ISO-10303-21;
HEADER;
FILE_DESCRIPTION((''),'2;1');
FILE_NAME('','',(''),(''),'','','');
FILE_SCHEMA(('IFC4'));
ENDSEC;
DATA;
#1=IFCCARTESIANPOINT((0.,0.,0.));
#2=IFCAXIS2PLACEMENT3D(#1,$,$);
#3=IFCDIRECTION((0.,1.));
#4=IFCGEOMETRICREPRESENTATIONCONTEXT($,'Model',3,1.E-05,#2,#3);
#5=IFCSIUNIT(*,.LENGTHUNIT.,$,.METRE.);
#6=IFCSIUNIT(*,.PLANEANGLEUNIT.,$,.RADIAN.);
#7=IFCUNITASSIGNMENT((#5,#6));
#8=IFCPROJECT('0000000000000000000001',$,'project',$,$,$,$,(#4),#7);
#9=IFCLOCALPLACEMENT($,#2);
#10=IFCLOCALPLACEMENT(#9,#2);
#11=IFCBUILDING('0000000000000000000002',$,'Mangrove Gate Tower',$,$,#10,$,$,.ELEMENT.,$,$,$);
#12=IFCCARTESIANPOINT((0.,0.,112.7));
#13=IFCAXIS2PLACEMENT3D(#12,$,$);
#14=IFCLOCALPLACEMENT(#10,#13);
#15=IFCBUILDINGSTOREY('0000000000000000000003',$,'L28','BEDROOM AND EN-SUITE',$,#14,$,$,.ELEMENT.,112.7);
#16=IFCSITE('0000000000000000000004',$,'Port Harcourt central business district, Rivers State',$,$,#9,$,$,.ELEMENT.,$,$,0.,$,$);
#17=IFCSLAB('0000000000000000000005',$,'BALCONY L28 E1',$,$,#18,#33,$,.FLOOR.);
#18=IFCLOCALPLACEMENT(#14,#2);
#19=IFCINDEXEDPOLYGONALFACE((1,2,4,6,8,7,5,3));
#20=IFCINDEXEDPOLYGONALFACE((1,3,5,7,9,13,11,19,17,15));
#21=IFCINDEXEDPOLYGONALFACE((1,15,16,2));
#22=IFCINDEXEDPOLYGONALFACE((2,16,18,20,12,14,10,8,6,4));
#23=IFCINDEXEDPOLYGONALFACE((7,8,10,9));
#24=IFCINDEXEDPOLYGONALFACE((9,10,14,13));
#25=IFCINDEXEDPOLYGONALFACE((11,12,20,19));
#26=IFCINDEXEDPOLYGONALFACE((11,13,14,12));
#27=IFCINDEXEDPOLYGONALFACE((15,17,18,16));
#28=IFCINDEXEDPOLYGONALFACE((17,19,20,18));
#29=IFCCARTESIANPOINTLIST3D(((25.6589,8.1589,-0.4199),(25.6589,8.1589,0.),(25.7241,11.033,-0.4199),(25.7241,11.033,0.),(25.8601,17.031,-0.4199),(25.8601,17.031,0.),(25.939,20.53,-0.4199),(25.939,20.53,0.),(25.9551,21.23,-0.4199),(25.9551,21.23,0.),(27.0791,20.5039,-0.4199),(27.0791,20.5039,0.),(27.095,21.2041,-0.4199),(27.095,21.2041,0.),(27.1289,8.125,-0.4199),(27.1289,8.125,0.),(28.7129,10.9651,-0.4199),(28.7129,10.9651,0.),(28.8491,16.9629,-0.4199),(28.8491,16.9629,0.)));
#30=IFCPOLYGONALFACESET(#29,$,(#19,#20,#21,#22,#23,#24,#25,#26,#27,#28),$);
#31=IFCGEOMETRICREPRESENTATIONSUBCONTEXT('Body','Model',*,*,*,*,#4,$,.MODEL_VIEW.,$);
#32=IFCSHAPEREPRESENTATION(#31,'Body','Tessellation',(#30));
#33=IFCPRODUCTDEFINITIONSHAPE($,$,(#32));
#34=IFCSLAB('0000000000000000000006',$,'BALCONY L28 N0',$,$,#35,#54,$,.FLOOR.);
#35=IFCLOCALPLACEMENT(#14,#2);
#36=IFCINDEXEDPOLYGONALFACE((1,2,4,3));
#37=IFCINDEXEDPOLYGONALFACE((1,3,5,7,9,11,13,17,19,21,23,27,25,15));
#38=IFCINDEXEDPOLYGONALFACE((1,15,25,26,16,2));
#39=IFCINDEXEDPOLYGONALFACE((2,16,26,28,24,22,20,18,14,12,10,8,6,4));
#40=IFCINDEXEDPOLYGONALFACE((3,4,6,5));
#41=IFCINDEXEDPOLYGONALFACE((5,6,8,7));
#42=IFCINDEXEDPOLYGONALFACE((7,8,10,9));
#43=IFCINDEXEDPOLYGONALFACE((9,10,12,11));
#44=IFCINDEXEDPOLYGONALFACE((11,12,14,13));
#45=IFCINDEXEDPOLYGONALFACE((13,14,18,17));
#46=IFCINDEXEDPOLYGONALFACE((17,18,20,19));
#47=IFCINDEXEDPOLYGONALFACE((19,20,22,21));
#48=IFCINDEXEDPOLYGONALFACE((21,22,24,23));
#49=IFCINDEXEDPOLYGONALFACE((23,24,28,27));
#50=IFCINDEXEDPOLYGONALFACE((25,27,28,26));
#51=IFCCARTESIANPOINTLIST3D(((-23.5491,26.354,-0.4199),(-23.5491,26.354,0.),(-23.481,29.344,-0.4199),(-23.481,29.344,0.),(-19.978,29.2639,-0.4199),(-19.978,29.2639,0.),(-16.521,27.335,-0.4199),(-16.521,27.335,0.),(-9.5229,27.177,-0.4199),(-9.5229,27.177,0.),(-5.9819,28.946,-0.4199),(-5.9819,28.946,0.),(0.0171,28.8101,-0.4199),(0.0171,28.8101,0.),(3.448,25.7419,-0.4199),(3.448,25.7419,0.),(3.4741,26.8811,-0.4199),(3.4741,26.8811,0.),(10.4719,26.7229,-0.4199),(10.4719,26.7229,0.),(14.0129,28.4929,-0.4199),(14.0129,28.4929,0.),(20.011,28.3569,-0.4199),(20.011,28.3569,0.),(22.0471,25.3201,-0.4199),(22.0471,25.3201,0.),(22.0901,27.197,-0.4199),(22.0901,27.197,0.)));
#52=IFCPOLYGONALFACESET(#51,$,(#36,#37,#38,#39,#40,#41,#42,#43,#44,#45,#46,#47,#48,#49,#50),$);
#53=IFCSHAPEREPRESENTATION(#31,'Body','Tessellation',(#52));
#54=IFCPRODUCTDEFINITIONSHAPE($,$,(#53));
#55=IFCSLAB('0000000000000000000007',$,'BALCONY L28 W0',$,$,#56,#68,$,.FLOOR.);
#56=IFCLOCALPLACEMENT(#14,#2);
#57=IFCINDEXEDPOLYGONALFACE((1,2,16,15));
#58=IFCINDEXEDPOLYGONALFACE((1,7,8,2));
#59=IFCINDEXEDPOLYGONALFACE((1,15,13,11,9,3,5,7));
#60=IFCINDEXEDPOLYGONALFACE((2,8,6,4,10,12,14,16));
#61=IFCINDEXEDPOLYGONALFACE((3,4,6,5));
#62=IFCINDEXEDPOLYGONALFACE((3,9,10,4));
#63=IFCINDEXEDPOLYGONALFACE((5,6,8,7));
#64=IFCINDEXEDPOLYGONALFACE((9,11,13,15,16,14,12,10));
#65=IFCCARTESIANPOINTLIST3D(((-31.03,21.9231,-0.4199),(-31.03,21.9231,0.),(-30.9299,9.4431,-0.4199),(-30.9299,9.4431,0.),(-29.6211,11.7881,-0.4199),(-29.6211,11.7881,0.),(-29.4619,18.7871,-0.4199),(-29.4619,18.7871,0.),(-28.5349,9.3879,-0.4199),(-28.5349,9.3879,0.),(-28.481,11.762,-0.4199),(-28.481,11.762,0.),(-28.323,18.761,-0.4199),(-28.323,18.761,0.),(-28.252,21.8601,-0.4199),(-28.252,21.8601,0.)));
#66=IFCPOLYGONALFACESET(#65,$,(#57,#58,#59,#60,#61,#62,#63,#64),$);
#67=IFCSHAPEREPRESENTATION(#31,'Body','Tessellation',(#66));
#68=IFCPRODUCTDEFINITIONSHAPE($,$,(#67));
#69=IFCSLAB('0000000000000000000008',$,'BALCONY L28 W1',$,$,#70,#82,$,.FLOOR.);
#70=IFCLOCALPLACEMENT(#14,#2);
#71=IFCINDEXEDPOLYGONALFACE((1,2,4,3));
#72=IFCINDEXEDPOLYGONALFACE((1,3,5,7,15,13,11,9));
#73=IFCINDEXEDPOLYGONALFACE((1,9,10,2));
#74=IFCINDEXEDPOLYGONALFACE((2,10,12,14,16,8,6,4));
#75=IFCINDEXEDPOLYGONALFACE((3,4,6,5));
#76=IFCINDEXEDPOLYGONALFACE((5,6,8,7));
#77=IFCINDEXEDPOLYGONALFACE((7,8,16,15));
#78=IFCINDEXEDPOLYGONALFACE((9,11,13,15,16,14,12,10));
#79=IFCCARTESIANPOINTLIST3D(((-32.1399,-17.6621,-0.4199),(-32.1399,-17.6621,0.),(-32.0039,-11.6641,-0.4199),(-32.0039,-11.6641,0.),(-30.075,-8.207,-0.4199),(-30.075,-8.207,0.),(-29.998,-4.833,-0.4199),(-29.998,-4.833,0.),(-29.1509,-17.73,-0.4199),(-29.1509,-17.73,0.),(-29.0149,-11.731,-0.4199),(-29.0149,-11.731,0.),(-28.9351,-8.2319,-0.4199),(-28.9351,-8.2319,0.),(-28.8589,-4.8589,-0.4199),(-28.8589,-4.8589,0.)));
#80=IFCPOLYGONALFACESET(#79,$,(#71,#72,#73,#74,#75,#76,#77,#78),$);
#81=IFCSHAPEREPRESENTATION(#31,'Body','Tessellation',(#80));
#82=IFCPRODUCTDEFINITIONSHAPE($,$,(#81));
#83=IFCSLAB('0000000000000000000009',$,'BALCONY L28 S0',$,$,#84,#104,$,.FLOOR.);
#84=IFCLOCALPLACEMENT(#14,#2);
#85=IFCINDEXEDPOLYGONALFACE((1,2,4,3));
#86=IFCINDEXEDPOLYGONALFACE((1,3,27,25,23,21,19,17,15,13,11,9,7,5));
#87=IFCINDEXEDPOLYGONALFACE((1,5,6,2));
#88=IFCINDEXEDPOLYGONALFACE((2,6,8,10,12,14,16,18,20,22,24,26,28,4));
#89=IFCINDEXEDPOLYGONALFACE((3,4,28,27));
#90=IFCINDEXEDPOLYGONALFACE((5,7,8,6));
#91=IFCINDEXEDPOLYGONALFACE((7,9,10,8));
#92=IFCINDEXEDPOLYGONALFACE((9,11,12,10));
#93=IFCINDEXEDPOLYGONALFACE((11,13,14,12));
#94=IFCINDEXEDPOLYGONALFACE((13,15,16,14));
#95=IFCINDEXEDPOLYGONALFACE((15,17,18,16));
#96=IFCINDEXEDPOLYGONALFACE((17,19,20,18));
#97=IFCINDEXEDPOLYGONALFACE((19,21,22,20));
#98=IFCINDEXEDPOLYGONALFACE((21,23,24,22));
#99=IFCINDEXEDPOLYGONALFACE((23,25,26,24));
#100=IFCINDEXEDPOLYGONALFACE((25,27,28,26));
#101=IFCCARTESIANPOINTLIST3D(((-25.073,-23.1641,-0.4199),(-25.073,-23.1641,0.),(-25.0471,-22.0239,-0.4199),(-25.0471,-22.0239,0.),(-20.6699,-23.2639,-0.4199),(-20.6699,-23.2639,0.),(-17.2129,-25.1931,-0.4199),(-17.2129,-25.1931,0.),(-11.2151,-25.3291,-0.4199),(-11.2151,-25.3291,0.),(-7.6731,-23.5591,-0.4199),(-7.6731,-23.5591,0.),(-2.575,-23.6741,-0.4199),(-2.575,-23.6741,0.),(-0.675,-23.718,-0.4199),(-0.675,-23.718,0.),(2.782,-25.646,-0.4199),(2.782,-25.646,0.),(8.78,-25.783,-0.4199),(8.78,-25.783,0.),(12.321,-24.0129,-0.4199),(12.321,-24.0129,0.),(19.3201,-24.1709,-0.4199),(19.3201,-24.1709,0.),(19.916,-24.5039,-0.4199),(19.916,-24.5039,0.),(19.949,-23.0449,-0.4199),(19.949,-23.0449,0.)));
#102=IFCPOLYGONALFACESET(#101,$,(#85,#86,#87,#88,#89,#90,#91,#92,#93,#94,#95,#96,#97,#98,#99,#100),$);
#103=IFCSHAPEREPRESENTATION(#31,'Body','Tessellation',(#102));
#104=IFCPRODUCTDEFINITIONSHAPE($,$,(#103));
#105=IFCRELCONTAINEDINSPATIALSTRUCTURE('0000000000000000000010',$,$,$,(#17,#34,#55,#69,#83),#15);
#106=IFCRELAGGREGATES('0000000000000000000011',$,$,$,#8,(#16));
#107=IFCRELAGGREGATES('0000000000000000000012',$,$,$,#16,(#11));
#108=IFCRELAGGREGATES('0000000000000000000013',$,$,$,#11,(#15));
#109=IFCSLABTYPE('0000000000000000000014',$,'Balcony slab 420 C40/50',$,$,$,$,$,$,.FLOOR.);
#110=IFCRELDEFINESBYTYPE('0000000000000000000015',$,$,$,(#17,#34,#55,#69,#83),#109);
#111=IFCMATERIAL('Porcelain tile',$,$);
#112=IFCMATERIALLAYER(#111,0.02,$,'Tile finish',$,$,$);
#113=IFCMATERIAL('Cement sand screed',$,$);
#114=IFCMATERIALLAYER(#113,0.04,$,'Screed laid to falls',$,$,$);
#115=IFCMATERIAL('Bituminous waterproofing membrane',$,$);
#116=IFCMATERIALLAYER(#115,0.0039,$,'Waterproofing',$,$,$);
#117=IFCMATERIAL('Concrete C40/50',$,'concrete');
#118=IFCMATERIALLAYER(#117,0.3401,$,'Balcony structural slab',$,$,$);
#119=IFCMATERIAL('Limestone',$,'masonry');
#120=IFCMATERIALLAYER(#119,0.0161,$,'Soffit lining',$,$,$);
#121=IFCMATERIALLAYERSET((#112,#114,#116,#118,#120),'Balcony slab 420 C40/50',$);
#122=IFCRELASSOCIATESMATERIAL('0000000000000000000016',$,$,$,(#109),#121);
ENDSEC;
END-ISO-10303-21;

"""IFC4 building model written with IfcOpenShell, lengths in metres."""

from ifc_helpers import new_model, si_unit, direction, frame, origin, place, context, subcontext, project, spatial, polyline, outline, extrude, material, layer, layer_set, type_object, element, save


model = new_model("IFC4")

# Units and contexts
model_context = context("Model", 3, precision=1e-05, world=origin(), true_north=direction((0.0, 1.0)))
body_context = subcontext(model_context, "Body", "Model", "MODEL_VIEW")
ifc_project = project(units=[si_unit("LENGTHUNIT", "METRE"), si_unit("PLANEANGLEUNIT", "RADIAN")], contexts=[model_context])

# Site, building, storey
site_placement = place(None, origin())
site = spatial("IfcSite", under=ifc_project, at=site_placement, Name="Port Harcourt central business district, Rivers State", CompositionType="ELEMENT", RefElevation=0.0)
building_placement = place(site_placement, origin())
building = spatial("IfcBuilding", under=site, at=building_placement, Name="Mangrove Gate Tower", CompositionType="ELEMENT")
storey_placement = place(building_placement, frame((0.0, 0.0, 112.7)))
storey = spatial("IfcBuildingStorey", under=building, at=storey_placement, Name="L28", Description="BEDROOM AND EN-SUITE", CompositionType="ELEMENT", Elevation=112.7)

# Slabs
ifc_material_1 = material(Name="Porcelain tile")
ifc_layer_1 = layer(ifc_material_1, 0.02, Name="Tile finish")
ifc_material_2 = material(Name="Cement sand screed")
ifc_layer_2 = layer(ifc_material_2, 0.04, Name="Screed laid to falls")
ifc_material_3 = material(Name="Bituminous waterproofing membrane")
ifc_layer_3 = layer(ifc_material_3, 0.0039, Name="Waterproofing")
ifc_material_4 = material(Name="Concrete C40/50", Category="concrete")
ifc_layer_4 = layer(ifc_material_4, 0.3401, Name="Balcony structural slab")
ifc_material_5 = material(Name="Limestone", Category="masonry")
ifc_layer_5 = layer(ifc_material_5, 0.0161, Name="Soffit lining")
ifc_layer_set_1 = layer_set([ifc_layer_1, ifc_layer_2, ifc_layer_3, ifc_layer_4, ifc_layer_5], Name="Balcony slab 420 C40/50")
slab_type_1 = type_object("IfcSlabType", Name="Balcony slab 420 C40/50", PredefinedType="FLOOR", material=ifc_layer_set_1)
slab_1_placement = place(storey_placement, frame((0.0, 0.0, -0.4199)))
element("IfcSlab", 1, at=slab_1_placement, inside=storey, type_object=slab_type_1, Name="BALCONY L28 E1", PredefinedType="FLOOR", context=body_context, shape_type="SweptSolid", body=[
    extrude(outline(polyline([(27.1289, 8.125), (28.7129, 10.9651), (28.8491, 16.9629), (27.0791, 20.5039), (27.095, 21.2041), (25.9551, 21.23), (25.939, 20.53), (25.8601, 17.031), (25.7241, 11.033), (25.6589, 8.1589), (27.1289, 8.125)])), origin(), (0.0, 0.0, 1.0), 0.4199),
])
slab_2_placement = place(storey_placement, frame((0.0, 0.0, -0.4199)))
element("IfcSlab", 2, at=slab_2_placement, inside=storey, type_object=slab_type_1, Name="BALCONY L28 N0", PredefinedType="FLOOR", context=body_context, shape_type="SweptSolid", body=[
    extrude(outline(polyline([(22.0901, 27.197), (20.011, 28.3569), (14.0129, 28.4929), (10.4719, 26.7229), (3.4741, 26.8811), (0.0171, 28.8101), (-5.9819, 28.946), (-9.5229, 27.177), (-16.521, 27.335), (-19.978, 29.2639), (-23.481, 29.344), (-23.5491, 26.354), (3.448, 25.7419), (22.0471, 25.3201), (22.0901, 27.197)])), origin(), (0.0, 0.0, 1.0), 0.4199),
])
slab_3_placement = place(storey_placement, frame((0.0, 0.0, -0.4199)))
element("IfcSlab", 3, at=slab_3_placement, inside=storey, type_object=slab_type_1, Name="BALCONY L28 W0", PredefinedType="FLOOR", context=body_context, shape_type="SweptSolid", body=[
    extrude(outline(polyline([(-31.03, 21.9231), (-29.4619, 18.7871), (-29.6211, 11.7881), (-30.9299, 9.4431), (-28.5349, 9.3879), (-28.481, 11.762), (-28.323, 18.761), (-28.252, 21.8601), (-31.03, 21.9231)])), origin(), (0.0, 0.0, 1.0), 0.4199),
])
slab_4_placement = place(storey_placement, frame((0.0, 0.0, -0.4199)))
element("IfcSlab", 4, at=slab_4_placement, inside=storey, type_object=slab_type_1, Name="BALCONY L28 W1", PredefinedType="FLOOR", context=body_context, shape_type="SweptSolid", body=[
    extrude(outline(polyline([(-29.998, -4.833), (-30.075, -8.207), (-32.0039, -11.6641), (-32.1399, -17.6621), (-29.1509, -17.73), (-29.0149, -11.731), (-28.9351, -8.2319), (-28.8589, -4.8589), (-29.998, -4.833)])), origin(), (0.0, 0.0, 1.0), 0.4199),
])
slab_5_placement = place(storey_placement, frame((0.0, 0.0, -0.4199)))
element("IfcSlab", 5, at=slab_5_placement, inside=storey, type_object=slab_type_1, Name="BALCONY L28 S0", PredefinedType="FLOOR", context=body_context, shape_type="SweptSolid", body=[
    extrude(outline(polyline([(-25.073, -23.1641), (-20.6699, -23.2639), (-17.2129, -25.1931), (-11.2151, -25.3291), (-7.6731, -23.5591), (-2.575, -23.6741), (-0.675, -23.718), (2.782, -25.646), (8.78, -25.783), (12.321, -24.0129), (19.3201, -24.1709), (19.916, -24.5039), (19.949, -23.0449), (-25.0471, -22.0239), (-25.073, -23.1641)])), origin(), (0.0, 0.0, 1.0), 0.4199),
])

save(model, "model.ifc")
